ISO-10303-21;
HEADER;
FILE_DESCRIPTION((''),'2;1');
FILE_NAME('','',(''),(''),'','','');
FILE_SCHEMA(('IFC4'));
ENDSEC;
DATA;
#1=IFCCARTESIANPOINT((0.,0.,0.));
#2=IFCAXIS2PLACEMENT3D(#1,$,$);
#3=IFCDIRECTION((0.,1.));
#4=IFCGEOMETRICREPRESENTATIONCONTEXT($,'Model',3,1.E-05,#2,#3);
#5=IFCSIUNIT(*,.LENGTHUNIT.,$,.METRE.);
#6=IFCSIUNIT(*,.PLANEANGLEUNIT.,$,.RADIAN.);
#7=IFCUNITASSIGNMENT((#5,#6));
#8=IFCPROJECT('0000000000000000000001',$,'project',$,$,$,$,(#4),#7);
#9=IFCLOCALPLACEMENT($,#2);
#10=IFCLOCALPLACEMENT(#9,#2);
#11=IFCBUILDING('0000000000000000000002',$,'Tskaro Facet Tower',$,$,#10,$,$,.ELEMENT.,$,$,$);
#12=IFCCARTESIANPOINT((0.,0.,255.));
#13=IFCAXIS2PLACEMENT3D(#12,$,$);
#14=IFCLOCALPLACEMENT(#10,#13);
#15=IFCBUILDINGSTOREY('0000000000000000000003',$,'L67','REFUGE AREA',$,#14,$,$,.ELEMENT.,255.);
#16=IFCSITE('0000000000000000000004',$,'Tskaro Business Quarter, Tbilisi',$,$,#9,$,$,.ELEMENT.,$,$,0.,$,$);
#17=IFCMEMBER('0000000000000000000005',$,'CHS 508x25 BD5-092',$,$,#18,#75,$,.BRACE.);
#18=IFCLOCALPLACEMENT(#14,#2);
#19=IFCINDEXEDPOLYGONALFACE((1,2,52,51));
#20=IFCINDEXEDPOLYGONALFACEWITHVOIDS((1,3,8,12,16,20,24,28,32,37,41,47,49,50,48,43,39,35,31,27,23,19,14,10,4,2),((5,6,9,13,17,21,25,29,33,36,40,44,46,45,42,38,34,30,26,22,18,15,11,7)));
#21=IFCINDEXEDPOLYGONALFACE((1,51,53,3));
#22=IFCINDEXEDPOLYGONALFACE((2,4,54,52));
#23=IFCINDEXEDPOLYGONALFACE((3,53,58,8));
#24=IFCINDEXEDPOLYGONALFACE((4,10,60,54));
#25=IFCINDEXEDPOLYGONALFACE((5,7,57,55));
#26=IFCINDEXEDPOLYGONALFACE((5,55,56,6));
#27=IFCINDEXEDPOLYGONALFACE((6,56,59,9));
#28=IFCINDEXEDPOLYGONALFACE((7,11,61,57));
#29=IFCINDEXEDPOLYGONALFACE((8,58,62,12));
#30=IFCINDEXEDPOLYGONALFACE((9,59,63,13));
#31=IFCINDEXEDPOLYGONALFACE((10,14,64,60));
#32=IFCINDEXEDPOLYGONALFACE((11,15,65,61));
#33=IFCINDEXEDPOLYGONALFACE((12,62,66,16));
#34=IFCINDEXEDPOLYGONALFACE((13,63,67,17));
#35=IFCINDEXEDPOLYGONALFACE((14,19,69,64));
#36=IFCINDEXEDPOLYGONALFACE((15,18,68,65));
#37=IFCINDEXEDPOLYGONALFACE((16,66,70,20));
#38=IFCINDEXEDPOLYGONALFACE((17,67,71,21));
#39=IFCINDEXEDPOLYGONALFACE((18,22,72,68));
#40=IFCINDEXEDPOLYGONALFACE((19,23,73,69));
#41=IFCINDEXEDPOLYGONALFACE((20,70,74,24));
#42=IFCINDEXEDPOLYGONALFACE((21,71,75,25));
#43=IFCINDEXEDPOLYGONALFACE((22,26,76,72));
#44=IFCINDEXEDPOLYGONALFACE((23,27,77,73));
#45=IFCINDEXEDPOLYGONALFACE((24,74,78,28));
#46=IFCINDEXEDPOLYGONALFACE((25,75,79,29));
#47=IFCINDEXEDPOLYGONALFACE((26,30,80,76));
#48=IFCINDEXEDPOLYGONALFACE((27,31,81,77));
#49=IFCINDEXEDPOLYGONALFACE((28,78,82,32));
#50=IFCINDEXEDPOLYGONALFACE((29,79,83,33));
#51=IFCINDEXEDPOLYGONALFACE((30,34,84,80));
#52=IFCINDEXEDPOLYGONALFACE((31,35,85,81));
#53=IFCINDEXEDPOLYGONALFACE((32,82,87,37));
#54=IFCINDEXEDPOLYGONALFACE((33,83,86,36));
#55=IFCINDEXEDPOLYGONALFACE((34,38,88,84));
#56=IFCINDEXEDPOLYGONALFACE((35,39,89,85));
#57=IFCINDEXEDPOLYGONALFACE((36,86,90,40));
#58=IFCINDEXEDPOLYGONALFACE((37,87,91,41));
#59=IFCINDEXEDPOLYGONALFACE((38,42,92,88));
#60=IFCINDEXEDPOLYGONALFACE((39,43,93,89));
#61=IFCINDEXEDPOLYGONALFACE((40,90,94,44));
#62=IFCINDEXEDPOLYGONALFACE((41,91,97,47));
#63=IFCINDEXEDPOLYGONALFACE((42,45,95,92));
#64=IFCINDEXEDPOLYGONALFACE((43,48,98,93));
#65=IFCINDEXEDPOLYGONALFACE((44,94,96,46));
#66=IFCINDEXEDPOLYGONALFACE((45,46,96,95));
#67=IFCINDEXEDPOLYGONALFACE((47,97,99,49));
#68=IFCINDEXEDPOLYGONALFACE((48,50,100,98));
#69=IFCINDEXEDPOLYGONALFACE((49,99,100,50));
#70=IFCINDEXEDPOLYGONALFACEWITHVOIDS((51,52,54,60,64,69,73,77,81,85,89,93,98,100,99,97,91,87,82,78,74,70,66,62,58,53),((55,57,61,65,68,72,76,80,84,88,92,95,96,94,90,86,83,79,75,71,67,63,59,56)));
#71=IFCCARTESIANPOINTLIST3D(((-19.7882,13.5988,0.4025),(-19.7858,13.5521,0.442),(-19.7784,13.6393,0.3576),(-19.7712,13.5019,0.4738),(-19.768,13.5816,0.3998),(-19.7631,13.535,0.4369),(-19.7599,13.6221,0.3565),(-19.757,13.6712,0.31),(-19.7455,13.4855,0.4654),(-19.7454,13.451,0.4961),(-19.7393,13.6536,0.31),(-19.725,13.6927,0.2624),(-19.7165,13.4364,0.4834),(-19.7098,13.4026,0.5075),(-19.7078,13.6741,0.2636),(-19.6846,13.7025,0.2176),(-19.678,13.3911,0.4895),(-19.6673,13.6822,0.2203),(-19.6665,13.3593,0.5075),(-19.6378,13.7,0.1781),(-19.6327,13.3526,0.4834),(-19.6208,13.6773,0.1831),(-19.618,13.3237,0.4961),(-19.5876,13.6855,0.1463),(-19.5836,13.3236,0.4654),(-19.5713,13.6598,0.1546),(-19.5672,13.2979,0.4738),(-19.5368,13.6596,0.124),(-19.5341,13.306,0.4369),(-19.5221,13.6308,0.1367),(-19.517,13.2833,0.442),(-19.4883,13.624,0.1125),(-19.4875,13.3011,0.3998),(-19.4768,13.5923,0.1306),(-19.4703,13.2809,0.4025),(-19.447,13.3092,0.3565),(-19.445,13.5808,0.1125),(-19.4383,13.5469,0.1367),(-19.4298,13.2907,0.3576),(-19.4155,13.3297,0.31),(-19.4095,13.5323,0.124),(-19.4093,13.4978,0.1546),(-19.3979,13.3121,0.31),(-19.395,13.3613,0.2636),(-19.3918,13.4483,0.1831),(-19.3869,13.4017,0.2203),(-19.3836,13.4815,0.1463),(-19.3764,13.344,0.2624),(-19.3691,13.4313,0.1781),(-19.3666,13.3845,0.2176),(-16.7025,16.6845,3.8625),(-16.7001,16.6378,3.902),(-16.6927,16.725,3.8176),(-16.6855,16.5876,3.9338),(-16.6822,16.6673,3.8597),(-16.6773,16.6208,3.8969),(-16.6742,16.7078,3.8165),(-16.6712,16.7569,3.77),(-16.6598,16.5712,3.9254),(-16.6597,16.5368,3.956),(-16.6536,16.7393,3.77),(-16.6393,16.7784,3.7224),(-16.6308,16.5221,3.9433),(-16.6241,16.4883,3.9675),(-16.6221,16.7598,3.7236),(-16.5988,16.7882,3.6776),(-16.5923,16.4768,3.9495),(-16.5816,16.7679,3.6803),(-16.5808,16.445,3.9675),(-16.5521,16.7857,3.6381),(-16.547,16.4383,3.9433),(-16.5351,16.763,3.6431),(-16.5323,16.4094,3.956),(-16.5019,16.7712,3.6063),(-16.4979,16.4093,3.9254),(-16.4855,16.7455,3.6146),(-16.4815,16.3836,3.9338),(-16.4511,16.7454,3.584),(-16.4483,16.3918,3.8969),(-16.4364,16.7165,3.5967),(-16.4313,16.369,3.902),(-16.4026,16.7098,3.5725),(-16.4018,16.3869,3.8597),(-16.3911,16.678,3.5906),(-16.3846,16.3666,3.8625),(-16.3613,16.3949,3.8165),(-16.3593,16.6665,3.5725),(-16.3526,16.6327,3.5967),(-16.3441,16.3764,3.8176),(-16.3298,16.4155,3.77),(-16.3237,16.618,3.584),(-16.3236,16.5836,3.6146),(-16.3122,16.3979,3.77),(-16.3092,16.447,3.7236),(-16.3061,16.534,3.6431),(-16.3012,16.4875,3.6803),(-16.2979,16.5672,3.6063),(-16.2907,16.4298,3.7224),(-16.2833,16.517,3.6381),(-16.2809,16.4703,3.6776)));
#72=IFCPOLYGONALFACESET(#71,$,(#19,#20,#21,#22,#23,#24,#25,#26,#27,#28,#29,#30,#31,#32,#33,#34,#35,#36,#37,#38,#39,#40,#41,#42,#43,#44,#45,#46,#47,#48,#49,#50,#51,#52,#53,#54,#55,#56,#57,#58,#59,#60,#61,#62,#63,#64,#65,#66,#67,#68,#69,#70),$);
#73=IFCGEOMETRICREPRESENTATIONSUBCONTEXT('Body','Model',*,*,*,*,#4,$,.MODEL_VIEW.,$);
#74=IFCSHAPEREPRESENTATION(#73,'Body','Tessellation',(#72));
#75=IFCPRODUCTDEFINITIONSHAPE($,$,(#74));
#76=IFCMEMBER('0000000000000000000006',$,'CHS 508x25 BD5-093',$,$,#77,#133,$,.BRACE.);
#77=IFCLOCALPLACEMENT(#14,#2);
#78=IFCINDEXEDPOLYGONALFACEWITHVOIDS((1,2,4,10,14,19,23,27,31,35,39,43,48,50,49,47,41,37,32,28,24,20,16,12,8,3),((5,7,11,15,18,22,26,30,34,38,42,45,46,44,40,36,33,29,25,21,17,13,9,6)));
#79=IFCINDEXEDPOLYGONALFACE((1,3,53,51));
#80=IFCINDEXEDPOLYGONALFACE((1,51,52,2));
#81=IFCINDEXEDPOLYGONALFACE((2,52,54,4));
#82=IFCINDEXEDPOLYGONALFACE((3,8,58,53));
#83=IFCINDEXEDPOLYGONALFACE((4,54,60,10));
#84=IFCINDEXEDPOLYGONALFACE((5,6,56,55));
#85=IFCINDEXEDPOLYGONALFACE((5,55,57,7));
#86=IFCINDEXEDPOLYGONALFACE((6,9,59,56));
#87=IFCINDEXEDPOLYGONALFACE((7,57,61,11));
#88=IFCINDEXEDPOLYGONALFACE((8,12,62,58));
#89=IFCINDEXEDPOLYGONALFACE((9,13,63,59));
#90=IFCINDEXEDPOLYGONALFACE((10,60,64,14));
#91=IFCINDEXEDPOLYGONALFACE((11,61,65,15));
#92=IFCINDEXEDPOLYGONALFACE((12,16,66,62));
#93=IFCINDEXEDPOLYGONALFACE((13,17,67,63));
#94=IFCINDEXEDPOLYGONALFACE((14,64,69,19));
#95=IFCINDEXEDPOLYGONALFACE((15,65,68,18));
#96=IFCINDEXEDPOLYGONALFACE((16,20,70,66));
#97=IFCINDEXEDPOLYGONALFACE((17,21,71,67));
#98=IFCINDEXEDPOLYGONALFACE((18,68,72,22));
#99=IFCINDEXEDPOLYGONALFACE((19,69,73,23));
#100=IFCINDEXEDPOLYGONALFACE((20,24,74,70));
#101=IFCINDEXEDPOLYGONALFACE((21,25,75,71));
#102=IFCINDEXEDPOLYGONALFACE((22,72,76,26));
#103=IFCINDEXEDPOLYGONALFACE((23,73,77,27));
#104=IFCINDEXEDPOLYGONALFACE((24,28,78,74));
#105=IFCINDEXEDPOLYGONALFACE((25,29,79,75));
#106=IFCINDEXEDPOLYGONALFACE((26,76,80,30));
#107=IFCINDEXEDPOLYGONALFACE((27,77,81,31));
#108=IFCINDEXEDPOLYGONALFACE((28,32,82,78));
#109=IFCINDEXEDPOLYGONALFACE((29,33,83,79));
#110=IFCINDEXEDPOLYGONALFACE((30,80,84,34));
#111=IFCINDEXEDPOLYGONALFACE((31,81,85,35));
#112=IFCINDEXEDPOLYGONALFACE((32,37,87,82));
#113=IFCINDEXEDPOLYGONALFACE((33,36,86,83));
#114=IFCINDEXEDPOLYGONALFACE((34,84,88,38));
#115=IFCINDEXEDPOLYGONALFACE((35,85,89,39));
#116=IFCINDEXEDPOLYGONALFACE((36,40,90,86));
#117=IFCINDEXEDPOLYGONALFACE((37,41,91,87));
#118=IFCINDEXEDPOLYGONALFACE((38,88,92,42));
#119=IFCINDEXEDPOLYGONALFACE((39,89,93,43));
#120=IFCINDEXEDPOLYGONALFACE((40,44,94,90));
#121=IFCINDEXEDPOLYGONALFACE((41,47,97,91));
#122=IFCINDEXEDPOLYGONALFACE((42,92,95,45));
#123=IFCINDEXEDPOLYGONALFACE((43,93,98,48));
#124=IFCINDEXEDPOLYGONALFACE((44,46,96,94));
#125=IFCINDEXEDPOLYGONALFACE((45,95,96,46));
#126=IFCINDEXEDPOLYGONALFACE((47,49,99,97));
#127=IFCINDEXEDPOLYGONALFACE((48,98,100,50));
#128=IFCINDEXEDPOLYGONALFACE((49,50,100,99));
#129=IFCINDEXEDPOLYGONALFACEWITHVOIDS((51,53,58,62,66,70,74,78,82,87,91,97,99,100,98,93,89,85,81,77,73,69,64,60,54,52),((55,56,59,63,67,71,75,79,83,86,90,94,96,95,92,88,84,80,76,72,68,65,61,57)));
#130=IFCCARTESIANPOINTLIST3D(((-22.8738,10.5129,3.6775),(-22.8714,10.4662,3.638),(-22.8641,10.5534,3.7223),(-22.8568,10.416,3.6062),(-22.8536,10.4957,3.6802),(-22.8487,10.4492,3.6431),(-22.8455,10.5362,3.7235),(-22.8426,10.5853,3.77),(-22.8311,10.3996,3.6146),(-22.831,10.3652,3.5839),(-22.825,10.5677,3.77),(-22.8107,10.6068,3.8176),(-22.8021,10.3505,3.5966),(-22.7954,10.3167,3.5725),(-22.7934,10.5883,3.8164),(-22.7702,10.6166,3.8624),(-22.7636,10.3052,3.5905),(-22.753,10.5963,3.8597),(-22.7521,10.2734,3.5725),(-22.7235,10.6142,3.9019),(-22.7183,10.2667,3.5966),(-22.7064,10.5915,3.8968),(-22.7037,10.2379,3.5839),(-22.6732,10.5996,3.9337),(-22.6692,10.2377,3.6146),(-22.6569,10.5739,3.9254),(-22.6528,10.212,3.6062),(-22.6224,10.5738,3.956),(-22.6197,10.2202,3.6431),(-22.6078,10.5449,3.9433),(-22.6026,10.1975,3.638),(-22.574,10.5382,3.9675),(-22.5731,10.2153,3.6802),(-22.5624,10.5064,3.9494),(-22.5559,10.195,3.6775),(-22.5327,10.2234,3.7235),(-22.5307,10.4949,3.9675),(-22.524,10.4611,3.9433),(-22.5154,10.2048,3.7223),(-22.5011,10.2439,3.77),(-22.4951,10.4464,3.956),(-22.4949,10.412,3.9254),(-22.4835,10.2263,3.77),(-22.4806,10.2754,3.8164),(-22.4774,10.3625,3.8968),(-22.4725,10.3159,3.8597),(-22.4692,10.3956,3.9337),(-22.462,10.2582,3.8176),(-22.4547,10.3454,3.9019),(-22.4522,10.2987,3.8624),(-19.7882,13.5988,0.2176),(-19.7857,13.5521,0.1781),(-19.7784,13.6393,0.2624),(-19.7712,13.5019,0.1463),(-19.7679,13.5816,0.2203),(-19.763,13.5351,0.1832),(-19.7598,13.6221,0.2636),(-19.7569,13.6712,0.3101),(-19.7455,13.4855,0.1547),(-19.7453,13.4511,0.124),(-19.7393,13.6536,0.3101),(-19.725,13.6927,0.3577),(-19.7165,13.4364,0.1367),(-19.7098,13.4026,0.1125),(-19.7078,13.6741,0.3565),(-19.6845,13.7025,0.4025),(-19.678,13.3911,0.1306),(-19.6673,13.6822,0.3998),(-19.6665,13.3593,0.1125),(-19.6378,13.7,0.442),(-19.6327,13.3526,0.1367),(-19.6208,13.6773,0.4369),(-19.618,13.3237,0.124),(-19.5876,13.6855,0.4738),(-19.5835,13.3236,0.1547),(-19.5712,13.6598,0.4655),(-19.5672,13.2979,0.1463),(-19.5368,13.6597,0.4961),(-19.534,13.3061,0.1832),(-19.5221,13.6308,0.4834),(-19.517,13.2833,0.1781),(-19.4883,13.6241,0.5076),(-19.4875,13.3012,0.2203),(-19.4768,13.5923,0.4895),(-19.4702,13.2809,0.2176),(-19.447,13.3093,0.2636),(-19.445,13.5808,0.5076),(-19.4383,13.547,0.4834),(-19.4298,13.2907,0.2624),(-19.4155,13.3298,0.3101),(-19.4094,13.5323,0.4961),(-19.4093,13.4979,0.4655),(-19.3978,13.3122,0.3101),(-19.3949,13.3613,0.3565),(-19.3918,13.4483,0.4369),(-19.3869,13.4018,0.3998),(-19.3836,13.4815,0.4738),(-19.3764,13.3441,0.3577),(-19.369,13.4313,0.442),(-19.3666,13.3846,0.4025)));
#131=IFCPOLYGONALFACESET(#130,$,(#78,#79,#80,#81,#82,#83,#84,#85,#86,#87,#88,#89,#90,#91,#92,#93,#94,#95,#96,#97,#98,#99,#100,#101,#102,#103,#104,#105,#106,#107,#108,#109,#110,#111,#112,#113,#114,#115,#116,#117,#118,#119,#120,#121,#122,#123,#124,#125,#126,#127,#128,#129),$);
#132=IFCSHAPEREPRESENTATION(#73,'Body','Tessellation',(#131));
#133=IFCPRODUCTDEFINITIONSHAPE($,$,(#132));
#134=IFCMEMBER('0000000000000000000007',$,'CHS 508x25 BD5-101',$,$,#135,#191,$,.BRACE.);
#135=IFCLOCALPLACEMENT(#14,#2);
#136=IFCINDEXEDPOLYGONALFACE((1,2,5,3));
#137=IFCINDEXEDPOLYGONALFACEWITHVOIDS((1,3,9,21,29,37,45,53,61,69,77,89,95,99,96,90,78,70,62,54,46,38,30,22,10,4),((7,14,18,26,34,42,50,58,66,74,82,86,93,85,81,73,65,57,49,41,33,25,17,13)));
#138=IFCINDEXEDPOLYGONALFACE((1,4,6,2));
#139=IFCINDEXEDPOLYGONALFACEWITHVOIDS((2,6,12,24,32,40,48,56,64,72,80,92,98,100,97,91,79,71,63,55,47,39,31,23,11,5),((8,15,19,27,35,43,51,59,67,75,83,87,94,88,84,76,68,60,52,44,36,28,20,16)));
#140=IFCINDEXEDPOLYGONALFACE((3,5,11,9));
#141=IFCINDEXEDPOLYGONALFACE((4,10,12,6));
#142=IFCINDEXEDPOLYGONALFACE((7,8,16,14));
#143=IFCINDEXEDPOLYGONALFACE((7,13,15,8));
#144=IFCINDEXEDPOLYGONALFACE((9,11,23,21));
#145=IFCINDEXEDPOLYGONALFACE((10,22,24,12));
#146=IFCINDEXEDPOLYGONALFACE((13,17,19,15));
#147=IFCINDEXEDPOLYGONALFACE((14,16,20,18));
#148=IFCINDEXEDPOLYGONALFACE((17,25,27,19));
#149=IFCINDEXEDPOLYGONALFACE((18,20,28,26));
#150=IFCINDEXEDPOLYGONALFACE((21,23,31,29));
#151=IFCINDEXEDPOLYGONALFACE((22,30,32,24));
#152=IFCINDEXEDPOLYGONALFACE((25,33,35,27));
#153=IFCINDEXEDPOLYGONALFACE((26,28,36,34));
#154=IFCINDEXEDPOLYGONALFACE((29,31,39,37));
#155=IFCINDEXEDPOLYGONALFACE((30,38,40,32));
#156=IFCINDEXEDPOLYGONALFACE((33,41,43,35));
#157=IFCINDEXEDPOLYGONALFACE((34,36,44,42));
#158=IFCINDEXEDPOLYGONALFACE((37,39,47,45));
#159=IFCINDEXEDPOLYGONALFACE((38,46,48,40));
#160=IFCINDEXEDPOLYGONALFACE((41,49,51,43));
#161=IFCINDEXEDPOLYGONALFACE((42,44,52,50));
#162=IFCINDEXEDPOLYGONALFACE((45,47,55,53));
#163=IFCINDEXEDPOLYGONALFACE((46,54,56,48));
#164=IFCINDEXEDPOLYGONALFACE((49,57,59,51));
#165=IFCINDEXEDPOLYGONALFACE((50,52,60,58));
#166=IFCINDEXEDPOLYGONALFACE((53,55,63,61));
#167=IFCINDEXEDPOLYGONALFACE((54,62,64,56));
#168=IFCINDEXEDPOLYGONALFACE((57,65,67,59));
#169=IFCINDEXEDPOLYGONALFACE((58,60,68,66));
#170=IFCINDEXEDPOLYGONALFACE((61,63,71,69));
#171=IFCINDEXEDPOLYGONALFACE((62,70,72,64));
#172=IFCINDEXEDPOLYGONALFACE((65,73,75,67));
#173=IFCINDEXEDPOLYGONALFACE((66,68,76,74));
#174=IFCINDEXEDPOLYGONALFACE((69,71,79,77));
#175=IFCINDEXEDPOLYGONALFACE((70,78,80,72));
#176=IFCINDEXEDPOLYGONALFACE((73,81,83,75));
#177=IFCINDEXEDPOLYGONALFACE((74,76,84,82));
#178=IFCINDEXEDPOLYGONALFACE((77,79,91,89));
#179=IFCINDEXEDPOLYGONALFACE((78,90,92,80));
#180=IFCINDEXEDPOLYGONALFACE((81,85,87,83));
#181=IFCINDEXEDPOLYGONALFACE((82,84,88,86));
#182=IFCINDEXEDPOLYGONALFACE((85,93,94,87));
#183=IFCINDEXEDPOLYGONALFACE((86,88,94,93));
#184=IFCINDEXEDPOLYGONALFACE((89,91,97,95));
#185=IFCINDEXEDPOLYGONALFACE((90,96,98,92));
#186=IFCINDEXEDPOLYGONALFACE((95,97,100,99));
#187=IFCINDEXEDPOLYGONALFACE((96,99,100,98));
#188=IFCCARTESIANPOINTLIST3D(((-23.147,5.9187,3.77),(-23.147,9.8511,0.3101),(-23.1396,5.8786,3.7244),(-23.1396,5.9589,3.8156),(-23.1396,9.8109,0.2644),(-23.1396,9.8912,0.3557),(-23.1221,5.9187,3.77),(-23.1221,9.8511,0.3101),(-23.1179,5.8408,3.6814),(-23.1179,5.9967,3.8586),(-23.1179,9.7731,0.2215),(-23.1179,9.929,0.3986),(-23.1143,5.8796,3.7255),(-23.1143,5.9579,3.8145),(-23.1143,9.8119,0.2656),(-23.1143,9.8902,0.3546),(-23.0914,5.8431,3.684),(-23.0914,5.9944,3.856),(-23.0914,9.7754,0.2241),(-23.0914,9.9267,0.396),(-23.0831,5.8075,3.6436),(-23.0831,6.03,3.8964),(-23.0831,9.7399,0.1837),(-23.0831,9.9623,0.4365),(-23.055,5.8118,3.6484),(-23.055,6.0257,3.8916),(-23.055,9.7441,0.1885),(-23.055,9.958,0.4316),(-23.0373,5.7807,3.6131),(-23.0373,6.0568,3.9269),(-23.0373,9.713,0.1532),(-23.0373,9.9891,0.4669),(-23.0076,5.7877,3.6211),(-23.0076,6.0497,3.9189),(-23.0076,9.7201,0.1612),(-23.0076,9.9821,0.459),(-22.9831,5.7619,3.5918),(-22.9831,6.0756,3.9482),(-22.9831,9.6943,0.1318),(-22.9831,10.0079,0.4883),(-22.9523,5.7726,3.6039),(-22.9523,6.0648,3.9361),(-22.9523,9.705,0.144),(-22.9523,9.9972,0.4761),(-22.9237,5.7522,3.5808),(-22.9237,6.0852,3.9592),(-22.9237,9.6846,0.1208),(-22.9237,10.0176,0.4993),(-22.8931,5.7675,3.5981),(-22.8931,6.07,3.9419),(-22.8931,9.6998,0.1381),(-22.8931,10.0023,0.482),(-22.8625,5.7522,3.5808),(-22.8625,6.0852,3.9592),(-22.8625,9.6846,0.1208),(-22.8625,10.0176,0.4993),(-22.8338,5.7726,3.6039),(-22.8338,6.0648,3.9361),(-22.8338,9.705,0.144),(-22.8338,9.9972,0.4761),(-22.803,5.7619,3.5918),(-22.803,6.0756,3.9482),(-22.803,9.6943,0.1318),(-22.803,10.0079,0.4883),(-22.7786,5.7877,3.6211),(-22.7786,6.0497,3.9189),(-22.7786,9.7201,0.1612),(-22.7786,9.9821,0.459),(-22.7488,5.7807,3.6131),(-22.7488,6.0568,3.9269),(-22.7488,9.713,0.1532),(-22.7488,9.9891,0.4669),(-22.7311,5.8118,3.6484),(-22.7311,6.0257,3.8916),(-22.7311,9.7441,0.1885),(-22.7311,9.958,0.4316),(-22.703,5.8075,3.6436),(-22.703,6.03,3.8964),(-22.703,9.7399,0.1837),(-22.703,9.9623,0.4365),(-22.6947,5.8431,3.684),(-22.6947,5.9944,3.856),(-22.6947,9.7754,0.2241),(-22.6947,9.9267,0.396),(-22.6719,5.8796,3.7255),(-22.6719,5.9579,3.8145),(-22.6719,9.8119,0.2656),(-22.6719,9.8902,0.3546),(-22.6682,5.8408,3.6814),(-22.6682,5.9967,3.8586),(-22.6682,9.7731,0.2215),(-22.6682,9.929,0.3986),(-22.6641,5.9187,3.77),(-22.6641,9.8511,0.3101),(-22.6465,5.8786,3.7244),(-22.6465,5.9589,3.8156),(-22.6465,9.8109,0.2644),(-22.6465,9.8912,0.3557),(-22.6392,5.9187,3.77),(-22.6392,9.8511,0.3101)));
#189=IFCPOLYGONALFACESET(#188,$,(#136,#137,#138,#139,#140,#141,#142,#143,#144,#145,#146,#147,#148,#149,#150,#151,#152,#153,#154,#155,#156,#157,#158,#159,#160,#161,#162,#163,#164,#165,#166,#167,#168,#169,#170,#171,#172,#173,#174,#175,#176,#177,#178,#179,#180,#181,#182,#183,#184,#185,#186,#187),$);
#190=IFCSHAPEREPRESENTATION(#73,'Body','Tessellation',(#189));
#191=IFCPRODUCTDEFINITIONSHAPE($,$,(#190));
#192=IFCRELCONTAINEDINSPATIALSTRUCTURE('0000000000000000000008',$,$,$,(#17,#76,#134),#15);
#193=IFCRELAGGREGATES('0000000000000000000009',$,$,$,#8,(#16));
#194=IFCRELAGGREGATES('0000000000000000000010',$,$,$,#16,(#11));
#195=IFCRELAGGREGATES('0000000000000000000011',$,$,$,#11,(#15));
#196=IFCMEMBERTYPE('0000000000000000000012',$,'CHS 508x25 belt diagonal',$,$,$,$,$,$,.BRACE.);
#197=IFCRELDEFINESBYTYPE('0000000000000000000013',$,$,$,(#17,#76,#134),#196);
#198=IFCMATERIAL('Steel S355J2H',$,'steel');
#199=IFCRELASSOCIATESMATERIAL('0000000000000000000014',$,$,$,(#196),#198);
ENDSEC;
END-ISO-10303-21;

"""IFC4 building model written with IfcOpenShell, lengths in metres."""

from ifc_helpers import new_model, si_unit, direction, frame, origin, origin_2d, place, context, subcontext, project, spatial, hollow_circle, extrude, material, material_profile, profile_set, type_object, element, save


model = new_model("IFC4")

# Units and contexts
model_context = context("Model", 3, precision=1e-05, world=origin(), true_north=direction((0.0, 1.0)))
body_context = subcontext(model_context, "Body", "Model", "MODEL_VIEW")
ifc_project = project(units=[si_unit("LENGTHUNIT", "METRE"), si_unit("PLANEANGLEUNIT", "RADIAN")], contexts=[model_context])

# Site, building, storey
site_placement = place(None, origin())
site = spatial("IfcSite", under=ifc_project, at=site_placement, Name="Tskaro Business Quarter, Tbilisi", CompositionType="ELEMENT", RefElevation=0.0)
building_placement = place(site_placement, origin())
building = spatial("IfcBuilding", under=site, at=building_placement, Name="Tskaro Facet Tower", CompositionType="ELEMENT")
storey_placement = place(building_placement, frame((0.0, 0.0, 255.0)))
storey = spatial("IfcBuildingStorey", under=building, at=storey_placement, Name="L67", Description="REFUGE AREA", CompositionType="ELEMENT", Elevation=255.0)

# Shared definitions
ifc_material_1 = material(Name="Steel S355J2H", Category="steel")

# Members
ifc_material_profile_1 = material_profile(ifc_material_1, hollow_circle(Radius=0.2539, WallThickness=0.0249, at=origin_2d()), Name="CHS 508x25")
ifc_profile_set_1 = profile_set([ifc_material_profile_1], Name="Steel S355J2H")
member_type_1 = type_object("IfcMemberType", Name="CHS 508x25 belt diagonal", PredefinedType="BRACE", material=ifc_profile_set_1)
for number, where, z_axis, x_axis, name in (
    (1, (-16.4917, 16.5774, 3.77), (-0.554079, -0.554079, -0.621284), (0.707107, -0.707107, 0.0), "CHS 508x25 BD5-092"),
    (2, (-19.5774, 13.4917, 0.3101), (-0.554065, -0.554109, 0.621269), (0.707135, -0.707079, 0.0), "CHS 508x25 BD5-093"),
):
    element("IfcMember", number, at=place(storey_placement, frame(where, z_axis=z_axis, x_axis=x_axis)), inside=storey, type_object=member_type_1, Name=name, PredefinedType="BRACE", context=body_context, shape_type="SweptSolid", body=[
        extrude(hollow_circle(Radius=0.2539, WallThickness=0.0249, at=origin_2d()), origin(), (0.0, 0.0, 1.0), 5.5691),
    ])
member_1_placement = place(storey_placement, frame((-22.8931, 9.8511, 0.3101), z_axis=(0.0, -0.750763, 0.660571), x_axis=(1.0, 0.0, 0.0)))
element("IfcMember", 3, at=member_1_placement, inside=storey, type_object=member_type_1, Name="CHS 508x25 BD5-101", PredefinedType="BRACE", context=body_context, shape_type="SweptSolid", body=[
    extrude(hollow_circle(Radius=0.2539, WallThickness=0.0249, at=origin_2d()), origin(), (0.0, 0.0, 1.0), 5.2378),
])

save(model, "model.ifc")
